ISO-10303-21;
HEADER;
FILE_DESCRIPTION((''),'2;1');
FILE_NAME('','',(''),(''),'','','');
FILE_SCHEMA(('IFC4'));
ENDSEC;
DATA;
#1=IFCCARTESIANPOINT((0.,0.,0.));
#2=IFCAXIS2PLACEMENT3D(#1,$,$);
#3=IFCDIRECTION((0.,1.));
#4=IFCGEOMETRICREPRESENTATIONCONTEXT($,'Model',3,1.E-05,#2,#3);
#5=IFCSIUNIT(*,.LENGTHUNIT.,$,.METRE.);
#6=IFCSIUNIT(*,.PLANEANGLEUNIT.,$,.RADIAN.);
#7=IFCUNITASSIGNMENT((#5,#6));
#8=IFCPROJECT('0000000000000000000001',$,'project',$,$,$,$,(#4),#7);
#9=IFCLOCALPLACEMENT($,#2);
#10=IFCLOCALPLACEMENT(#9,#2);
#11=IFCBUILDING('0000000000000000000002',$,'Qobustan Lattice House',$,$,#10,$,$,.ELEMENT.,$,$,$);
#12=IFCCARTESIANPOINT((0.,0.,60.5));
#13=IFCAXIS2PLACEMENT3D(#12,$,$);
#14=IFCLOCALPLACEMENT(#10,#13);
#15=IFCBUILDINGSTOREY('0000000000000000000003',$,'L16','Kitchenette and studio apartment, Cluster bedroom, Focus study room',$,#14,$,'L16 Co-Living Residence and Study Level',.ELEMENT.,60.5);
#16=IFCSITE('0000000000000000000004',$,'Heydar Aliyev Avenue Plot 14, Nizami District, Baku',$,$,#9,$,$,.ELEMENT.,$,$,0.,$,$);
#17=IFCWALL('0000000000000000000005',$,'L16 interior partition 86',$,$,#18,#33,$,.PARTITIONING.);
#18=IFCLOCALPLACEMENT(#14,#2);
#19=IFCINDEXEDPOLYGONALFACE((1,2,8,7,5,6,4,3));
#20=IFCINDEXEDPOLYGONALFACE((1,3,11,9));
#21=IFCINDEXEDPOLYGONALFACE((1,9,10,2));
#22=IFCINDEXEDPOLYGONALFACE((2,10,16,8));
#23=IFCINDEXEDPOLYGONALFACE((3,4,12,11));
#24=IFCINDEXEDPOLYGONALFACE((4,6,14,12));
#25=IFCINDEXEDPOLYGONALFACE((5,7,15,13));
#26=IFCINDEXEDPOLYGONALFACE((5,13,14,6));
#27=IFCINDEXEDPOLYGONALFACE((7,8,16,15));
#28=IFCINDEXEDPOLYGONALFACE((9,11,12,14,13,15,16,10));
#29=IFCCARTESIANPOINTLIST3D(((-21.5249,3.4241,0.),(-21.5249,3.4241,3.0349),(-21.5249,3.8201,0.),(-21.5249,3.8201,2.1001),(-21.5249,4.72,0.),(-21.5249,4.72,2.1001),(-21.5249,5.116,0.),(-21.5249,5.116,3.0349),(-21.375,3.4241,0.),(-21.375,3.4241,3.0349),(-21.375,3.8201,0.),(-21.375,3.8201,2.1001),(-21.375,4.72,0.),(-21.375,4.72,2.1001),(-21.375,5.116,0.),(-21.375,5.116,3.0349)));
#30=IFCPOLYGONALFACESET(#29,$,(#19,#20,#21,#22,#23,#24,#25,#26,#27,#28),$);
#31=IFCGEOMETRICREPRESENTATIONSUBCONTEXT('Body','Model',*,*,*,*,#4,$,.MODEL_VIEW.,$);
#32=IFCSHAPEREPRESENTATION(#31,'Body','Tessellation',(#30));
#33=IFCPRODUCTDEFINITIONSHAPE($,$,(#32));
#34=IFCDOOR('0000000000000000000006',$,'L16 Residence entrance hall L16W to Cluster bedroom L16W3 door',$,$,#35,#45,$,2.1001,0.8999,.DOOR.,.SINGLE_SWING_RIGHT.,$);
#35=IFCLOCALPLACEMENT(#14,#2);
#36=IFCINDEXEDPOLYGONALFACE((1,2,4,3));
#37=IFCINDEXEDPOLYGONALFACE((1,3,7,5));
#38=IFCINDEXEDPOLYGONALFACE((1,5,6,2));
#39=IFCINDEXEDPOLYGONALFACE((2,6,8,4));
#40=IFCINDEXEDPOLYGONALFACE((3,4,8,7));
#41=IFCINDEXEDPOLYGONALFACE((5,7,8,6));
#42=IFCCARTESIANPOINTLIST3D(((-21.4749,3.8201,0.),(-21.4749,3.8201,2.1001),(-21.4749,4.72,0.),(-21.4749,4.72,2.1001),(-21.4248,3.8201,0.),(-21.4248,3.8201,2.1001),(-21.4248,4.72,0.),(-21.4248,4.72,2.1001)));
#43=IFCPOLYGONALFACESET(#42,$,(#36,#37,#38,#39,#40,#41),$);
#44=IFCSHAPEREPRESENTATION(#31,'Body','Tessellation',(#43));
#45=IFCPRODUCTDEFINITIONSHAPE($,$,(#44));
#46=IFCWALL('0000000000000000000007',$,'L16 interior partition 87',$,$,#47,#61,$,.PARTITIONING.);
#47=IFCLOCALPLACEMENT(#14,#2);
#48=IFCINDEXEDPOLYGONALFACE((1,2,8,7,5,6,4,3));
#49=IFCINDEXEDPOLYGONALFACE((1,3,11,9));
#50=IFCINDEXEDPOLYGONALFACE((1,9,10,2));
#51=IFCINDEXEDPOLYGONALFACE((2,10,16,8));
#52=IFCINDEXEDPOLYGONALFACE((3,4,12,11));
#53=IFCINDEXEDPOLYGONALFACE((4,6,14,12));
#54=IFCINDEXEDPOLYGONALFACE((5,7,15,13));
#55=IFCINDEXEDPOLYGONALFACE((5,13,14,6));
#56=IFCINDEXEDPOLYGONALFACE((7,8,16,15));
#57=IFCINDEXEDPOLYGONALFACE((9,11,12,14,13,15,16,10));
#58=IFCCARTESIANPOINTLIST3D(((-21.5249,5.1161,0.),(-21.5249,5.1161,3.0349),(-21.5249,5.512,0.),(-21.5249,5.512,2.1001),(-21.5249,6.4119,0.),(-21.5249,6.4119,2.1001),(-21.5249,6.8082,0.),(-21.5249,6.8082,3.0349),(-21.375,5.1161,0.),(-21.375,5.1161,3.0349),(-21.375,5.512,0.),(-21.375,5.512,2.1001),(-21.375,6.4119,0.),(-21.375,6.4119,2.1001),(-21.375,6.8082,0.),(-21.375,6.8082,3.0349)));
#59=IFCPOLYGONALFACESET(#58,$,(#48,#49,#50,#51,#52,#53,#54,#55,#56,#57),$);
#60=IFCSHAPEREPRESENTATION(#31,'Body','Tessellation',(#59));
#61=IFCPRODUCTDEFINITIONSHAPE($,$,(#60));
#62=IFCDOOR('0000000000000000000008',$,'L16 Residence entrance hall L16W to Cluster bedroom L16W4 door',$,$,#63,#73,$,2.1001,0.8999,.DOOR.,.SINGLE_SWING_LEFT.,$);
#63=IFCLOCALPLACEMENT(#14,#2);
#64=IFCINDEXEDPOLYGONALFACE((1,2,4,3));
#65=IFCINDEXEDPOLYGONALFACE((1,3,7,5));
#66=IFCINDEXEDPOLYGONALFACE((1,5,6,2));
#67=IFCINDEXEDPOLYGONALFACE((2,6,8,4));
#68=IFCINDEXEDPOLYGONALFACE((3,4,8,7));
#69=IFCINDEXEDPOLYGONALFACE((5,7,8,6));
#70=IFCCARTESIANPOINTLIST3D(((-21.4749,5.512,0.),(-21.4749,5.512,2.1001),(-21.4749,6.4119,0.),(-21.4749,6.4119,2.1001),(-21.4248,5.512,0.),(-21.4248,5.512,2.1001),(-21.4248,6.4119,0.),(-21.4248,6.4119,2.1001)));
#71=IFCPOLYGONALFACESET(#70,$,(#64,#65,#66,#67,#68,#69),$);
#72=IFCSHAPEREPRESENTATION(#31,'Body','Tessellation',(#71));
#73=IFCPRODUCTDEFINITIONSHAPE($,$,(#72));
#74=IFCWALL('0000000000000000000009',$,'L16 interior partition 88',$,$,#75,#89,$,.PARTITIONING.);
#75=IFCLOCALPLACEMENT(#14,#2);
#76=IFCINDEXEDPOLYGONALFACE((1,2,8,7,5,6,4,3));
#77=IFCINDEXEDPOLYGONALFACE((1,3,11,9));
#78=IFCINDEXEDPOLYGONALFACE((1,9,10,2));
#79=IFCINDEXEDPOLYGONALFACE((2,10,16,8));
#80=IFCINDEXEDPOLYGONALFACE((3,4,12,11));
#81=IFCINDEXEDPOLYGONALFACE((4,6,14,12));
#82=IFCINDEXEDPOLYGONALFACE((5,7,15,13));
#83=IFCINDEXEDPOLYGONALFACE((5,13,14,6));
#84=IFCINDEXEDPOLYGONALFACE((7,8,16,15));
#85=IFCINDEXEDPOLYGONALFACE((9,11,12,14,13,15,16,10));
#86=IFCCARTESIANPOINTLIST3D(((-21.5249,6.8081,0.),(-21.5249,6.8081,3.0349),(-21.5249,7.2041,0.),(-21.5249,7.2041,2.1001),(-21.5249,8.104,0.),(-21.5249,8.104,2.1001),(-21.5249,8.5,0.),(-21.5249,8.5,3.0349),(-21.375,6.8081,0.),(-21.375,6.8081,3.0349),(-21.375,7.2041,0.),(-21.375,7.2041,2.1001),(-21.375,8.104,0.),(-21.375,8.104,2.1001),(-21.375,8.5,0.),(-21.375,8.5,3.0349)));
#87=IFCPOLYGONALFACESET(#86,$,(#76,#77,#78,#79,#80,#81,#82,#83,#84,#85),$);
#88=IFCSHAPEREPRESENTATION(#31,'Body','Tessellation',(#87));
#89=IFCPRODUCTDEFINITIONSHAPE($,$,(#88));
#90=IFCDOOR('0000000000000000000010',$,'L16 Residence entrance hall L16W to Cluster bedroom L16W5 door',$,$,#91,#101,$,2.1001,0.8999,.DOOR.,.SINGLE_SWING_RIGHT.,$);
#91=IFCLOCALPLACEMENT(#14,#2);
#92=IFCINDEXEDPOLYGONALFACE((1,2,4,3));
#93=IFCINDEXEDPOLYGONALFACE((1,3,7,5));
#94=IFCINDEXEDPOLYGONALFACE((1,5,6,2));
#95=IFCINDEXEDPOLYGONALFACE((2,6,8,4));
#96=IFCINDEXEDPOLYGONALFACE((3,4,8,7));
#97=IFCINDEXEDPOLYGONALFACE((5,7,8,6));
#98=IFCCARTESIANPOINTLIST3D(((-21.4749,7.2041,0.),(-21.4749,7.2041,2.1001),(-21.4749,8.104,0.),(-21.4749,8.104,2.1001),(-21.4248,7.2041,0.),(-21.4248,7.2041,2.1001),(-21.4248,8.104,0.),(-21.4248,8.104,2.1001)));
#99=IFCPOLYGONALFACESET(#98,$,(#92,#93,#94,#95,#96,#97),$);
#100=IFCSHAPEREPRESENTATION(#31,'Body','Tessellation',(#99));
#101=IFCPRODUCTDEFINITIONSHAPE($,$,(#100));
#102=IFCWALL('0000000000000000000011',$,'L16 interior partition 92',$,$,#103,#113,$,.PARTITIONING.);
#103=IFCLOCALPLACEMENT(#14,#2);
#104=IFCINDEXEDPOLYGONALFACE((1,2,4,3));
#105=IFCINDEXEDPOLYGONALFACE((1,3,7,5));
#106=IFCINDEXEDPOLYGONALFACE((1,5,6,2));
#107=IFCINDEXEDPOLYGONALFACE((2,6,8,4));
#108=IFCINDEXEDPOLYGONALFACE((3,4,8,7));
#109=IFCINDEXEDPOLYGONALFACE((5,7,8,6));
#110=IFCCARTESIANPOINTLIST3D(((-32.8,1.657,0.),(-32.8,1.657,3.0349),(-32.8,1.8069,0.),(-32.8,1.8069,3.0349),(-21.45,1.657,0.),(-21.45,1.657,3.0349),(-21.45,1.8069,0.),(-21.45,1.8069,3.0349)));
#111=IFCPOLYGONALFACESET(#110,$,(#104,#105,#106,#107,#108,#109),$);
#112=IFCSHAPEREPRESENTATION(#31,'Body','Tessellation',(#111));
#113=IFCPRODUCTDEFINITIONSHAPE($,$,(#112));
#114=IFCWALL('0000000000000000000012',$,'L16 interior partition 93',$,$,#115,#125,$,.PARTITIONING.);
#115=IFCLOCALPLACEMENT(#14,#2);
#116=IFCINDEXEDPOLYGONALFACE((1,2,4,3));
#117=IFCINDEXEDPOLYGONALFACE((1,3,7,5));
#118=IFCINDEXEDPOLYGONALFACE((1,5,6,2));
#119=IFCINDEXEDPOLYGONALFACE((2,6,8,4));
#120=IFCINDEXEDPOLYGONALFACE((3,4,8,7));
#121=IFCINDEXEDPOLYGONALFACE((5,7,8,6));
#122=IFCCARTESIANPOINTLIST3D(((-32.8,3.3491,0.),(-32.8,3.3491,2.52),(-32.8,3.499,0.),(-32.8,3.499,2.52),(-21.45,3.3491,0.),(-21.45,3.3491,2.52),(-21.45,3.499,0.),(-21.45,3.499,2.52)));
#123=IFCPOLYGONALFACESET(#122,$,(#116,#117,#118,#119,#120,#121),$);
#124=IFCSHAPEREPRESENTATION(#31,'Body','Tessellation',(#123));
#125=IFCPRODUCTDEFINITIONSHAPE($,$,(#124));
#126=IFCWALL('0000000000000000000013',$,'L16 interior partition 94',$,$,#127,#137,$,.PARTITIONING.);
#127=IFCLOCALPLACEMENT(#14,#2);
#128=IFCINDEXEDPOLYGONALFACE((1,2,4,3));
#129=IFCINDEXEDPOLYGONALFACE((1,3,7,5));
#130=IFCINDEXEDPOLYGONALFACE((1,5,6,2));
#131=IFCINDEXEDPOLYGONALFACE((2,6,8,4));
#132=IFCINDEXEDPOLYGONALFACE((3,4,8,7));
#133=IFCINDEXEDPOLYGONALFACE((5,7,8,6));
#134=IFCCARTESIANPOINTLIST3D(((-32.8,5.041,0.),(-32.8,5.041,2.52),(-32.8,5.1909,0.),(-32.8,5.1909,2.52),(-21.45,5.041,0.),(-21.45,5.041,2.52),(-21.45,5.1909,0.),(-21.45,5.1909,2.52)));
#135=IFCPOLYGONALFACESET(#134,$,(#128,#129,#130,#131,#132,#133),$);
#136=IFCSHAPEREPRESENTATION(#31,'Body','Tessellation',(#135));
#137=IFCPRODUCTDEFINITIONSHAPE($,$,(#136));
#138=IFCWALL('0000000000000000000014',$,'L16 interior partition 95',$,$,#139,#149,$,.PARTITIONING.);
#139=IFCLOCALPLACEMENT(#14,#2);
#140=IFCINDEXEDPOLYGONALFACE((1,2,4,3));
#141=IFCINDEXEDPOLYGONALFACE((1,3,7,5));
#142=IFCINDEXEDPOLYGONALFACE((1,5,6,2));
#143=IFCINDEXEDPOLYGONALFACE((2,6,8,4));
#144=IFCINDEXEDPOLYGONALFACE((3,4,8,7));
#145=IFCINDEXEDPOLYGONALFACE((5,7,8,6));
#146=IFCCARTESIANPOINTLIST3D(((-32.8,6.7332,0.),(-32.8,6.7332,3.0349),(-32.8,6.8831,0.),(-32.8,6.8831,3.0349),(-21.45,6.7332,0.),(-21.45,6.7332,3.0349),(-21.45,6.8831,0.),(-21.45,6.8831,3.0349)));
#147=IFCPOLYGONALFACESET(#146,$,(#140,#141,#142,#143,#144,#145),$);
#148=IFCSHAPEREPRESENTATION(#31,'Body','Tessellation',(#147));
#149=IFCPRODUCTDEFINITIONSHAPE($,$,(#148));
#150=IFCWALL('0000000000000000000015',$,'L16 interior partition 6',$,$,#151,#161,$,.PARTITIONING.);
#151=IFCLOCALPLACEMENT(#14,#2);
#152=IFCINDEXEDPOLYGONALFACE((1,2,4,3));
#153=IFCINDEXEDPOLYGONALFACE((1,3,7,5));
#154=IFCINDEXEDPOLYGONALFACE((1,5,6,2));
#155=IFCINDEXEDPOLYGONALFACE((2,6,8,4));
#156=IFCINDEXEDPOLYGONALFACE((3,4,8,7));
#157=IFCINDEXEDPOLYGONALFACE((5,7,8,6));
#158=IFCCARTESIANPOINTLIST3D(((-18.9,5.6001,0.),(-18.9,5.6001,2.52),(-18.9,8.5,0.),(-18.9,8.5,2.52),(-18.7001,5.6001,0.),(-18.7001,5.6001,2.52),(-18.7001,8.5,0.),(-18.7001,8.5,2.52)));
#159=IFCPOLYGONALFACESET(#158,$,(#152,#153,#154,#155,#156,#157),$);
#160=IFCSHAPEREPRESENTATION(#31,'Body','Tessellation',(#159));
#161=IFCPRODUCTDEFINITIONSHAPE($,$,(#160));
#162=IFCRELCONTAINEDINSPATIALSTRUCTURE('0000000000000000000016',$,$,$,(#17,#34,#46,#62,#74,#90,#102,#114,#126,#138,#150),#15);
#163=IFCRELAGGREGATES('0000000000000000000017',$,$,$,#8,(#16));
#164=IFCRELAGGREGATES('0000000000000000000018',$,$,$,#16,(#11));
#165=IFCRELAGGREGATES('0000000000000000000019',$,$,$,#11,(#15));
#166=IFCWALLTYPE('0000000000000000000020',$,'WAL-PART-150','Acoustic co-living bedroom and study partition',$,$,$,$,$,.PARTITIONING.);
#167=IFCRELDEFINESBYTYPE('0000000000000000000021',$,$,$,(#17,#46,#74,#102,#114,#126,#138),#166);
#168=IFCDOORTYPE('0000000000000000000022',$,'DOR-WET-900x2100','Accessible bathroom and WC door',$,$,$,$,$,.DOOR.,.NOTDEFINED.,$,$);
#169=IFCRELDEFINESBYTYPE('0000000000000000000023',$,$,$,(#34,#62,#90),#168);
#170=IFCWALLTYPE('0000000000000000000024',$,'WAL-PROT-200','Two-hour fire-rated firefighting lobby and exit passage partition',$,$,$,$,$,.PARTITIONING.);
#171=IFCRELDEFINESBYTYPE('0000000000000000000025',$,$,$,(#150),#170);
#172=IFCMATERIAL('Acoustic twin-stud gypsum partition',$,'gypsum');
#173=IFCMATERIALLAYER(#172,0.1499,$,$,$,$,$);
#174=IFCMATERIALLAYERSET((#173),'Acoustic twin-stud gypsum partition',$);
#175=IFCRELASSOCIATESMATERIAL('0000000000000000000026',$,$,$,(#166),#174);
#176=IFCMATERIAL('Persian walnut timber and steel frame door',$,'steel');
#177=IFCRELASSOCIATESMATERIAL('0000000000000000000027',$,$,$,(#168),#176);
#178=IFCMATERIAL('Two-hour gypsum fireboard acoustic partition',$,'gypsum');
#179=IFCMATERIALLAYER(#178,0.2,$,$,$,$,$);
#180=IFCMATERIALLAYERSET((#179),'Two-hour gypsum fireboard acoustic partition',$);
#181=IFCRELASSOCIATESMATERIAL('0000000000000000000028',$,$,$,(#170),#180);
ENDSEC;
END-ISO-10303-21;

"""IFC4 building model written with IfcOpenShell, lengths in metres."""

from ifc_helpers import new_model, si_unit, direction, frame, frame_2d, origin, place, context, subcontext, project, spatial, rectangle, extrude, material, layer, layer_set, type_object, element, fill, save


model = new_model("IFC4")

# Units and contexts
model_context = context("Model", 3, precision=1e-05, world=origin(), true_north=direction((0.0, 1.0)))
body_context = subcontext(model_context, "Body", "Model", "MODEL_VIEW")
ifc_project = project(units=[si_unit("LENGTHUNIT", "METRE"), si_unit("PLANEANGLEUNIT", "RADIAN")], contexts=[model_context])

# Site, building, storey
site_placement = place(None, origin())
site = spatial("IfcSite", under=ifc_project, at=site_placement, Name="Heydar Aliyev Avenue Plot 14, Nizami District, Baku", CompositionType="ELEMENT", RefElevation=0.0)
building_placement = place(site_placement, origin())
building = spatial("IfcBuilding", under=site, at=building_placement, Name="Qobustan Lattice House", CompositionType="ELEMENT")
storey_placement = place(building_placement, frame((0.0, 0.0, 60.5)))
storey = spatial("IfcBuildingStorey", under=building, at=storey_placement, Name="L16", Description="Kitchenette and studio apartment, Cluster bedroom, Focus study room", LongName="L16 Co-Living Residence and Study Level", CompositionType="ELEMENT", Elevation=60.5)

# Shared definitions
ifc_material_1 = material(Name="Acoustic twin-stud gypsum partition", Category="gypsum")
ifc_layer_1 = layer(ifc_material_1, 0.1499)
ifc_layer_set_1 = layer_set([ifc_layer_1], Name="Acoustic twin-stud gypsum partition")
wall_type_1 = type_object("IfcWallType", Name="WAL-PART-150", Description="Acoustic co-living bedroom and study partition", PredefinedType="PARTITIONING", material=ifc_layer_set_1)

# Walls, openings, doors
ifc_material_2 = material(Name="Persian walnut timber and steel frame door", Category="steel")
door_type_1 = type_object("IfcDoorType", Name="DOR-WET-900x2100", Description="Accessible bathroom and WC door", OperationType="NOTDEFINED", PredefinedType="DOOR", material=ifc_material_2)
wall_1_placement = place(storey_placement, frame((-21.45, 3.4241, 0.0), z_axis=(0.0, 0.0, 1.0), x_axis=(0.0, 1.0, 0.0)))
wall_1 = element("IfcWall", 1, at=wall_1_placement, inside=storey, type_object=wall_type_1, Name="L16 interior partition 86", PredefinedType="PARTITIONING", context=body_context, shape_type="SweptSolid", body=[
    extrude(rectangle(XDim=1.6919, YDim=0.1499, at=frame_2d((0.8459, 0.0))), origin(), (0.0, 0.0, 1.0), 3.0349),
])
opening_1_placement = place(wall_1_placement, frame((0.396, 0.0, 0.0)))
opening_1 = element("IfcOpeningElement", 2, at=opening_1_placement, cuts=wall_1, PredefinedType="OPENING", context=body_context, shape_type="SweptSolid", body=[
    extrude(rectangle(XDim=0.8999, YDim=2.1001, at=frame_2d((0.45, 1.05))), frame((0.0, 0.085, 0.0), z_axis=(0.0, -1.0, 0.0), x_axis=(1.0, 0.0, 0.0)), (0.0, 0.0, 1.0), 0.1699),
])
door_1_placement = place(opening_1_placement, origin())
door_1 = element("IfcDoor", 3, at=door_1_placement, inside=storey, type_object=door_type_1, Name="L16 Residence entrance hall L16W to Cluster bedroom L16W3 door", OperationType="SINGLE_SWING_RIGHT", OverallHeight=2.1001, OverallWidth=0.8999, PredefinedType="DOOR", context=body_context, shape_type="SweptSolid", body=[
    extrude(rectangle(XDim=0.8999, YDim=2.1001, at=frame_2d((0.45, 1.05))), frame((0.0, 0.0249, 0.0), z_axis=(0.0, -1.0, 0.0), x_axis=(1.0, 0.0, 0.0)), (0.0, 0.0, 1.0), 0.05),
])
fill(opening_1, door_1)
wall_2_placement = place(storey_placement, frame((-21.45, 5.116, 0.0), z_axis=(0.0, 0.0, 1.0), x_axis=(0.0, 1.0, 0.0)))
wall_2 = element("IfcWall", 4, at=wall_2_placement, inside=storey, type_object=wall_type_1, Name="L16 interior partition 87", PredefinedType="PARTITIONING", context=body_context, shape_type="SweptSolid", body=[
    extrude(rectangle(XDim=1.6921, YDim=0.1499, at=frame_2d((0.8462, 0.0))), origin(), (0.0, 0.0, 1.0), 3.0349),
])
opening_2_placement = place(wall_2_placement, frame((0.396, 0.0, 0.0)))
opening_2 = element("IfcOpeningElement", 5, at=opening_2_placement, cuts=wall_2, PredefinedType="OPENING", context=body_context, shape_type="SweptSolid", body=[
    extrude(rectangle(XDim=0.8999, YDim=2.1001, at=frame_2d((0.45, 1.05))), frame((0.0, 0.085, 0.0), z_axis=(0.0, -1.0, 0.0), x_axis=(1.0, 0.0, 0.0)), (0.0, 0.0, 1.0), 0.1699),
])
door_2_placement = place(opening_2_placement, origin())
door_2 = element("IfcDoor", 6, at=door_2_placement, inside=storey, type_object=door_type_1, Name="L16 Residence entrance hall L16W to Cluster bedroom L16W4 door", OperationType="SINGLE_SWING_LEFT", OverallHeight=2.1001, OverallWidth=0.8999, PredefinedType="DOOR", context=body_context, shape_type="SweptSolid", body=[
    extrude(rectangle(XDim=0.8999, YDim=2.1001, at=frame_2d((0.45, 1.05))), frame((0.0, 0.0249, 0.0), z_axis=(0.0, -1.0, 0.0), x_axis=(1.0, 0.0, 0.0)), (0.0, 0.0, 1.0), 0.05),
])
fill(opening_2, door_2)
wall_3_placement = place(storey_placement, frame((-21.45, 6.8081, 0.0), z_axis=(0.0, 0.0, 1.0), x_axis=(0.0, 1.0, 0.0)))
wall_3 = element("IfcWall", 7, at=wall_3_placement, inside=storey, type_object=wall_type_1, Name="L16 interior partition 88", PredefinedType="PARTITIONING", context=body_context, shape_type="SweptSolid", body=[
    extrude(rectangle(XDim=1.6919, YDim=0.1499, at=frame_2d((0.8459, 0.0))), origin(), (0.0, 0.0, 1.0), 3.0349),
])
opening_3_placement = place(wall_3_placement, frame((0.396, 0.0, 0.0)))
opening_3 = element("IfcOpeningElement", 8, at=opening_3_placement, cuts=wall_3, PredefinedType="OPENING", context=body_context, shape_type="SweptSolid", body=[
    extrude(rectangle(XDim=0.8999, YDim=2.1001, at=frame_2d((0.45, 1.05))), frame((0.0, 0.085, 0.0), z_axis=(0.0, -1.0, 0.0), x_axis=(1.0, 0.0, 0.0)), (0.0, 0.0, 1.0), 0.1699),
])
door_3_placement = place(opening_3_placement, origin())
door_3 = element("IfcDoor", 9, at=door_3_placement, inside=storey, type_object=door_type_1, Name="L16 Residence entrance hall L16W to Cluster bedroom L16W5 door", OperationType="SINGLE_SWING_RIGHT", OverallHeight=2.1001, OverallWidth=0.8999, PredefinedType="DOOR", context=body_context, shape_type="SweptSolid", body=[
    extrude(rectangle(XDim=0.8999, YDim=2.1001, at=frame_2d((0.45, 1.05))), frame((0.0, 0.0249, 0.0), z_axis=(0.0, -1.0, 0.0), x_axis=(1.0, 0.0, 0.0)), (0.0, 0.0, 1.0), 0.05),
])
fill(opening_3, door_3)

# Walls
wall_4_placement = place(storey_placement, frame((-32.8, 1.7319, 0.0), z_axis=(0.0, 0.0, 1.0), x_axis=(1.0, 0.0, 0.0)))
element("IfcWall", 10, at=wall_4_placement, inside=storey, type_object=wall_type_1, Name="L16 interior partition 92", PredefinedType="PARTITIONING", context=body_context, shape_type="SweptSolid", body=[
    extrude(rectangle(XDim=11.3501, YDim=0.1499, at=frame_2d((5.675, 0.0))), origin(), (0.0, 0.0, 1.0), 3.0349),
])
for number, where, z_axis, x_axis, name in (
    (11, (-32.8, 3.4241, 0.0), (0.0, 0.0, 1.0), (1.0, 0.0, 0.0), "L16 interior partition 93"),
    (12, (-32.8, 5.116, 0.0), (0.0, 0.0, 1.0), (1.0, 0.0, 0.0), "L16 interior partition 94"),
):
    element("IfcWall", number, at=place(storey_placement, frame(where, z_axis=z_axis, x_axis=x_axis)), inside=storey, type_object=wall_type_1, Name=name, PredefinedType="PARTITIONING", context=body_context, shape_type="SweptSolid", body=[
        extrude(rectangle(XDim=11.3501, YDim=0.1499, at=frame_2d((5.675, 0.0))), origin(), (0.0, 0.0, 1.0), 2.52),
    ])
wall_5_placement = place(storey_placement, frame((-32.8, 6.8081, 0.0), z_axis=(0.0, 0.0, 1.0), x_axis=(1.0, 0.0, 0.0)))
element("IfcWall", 13, at=wall_5_placement, inside=storey, type_object=wall_type_1, Name="L16 interior partition 95", PredefinedType="PARTITIONING", context=body_context, shape_type="SweptSolid", body=[
    extrude(rectangle(XDim=11.3501, YDim=0.1499, at=frame_2d((5.675, 0.0))), origin(), (0.0, 0.0, 1.0), 3.0349),
])
ifc_material_3 = material(Name="Two-hour gypsum fireboard acoustic partition", Category="gypsum")
ifc_layer_2 = layer(ifc_material_3, 0.2)
ifc_layer_set_2 = layer_set([ifc_layer_2], Name="Two-hour gypsum fireboard acoustic partition")
wall_type_2 = type_object("IfcWallType", Name="WAL-PROT-200", Description="Two-hour fire-rated firefighting lobby and exit passage partition", PredefinedType="PARTITIONING", material=ifc_layer_set_2)
wall_6_placement = place(storey_placement, frame((-18.8, 8.5, 0.0), z_axis=(0.0, 0.0, 1.0), x_axis=(0.0, -1.0, 0.0)))
element("IfcWall", 14, at=wall_6_placement, inside=storey, type_object=wall_type_2, Name="L16 interior partition 6", PredefinedType="PARTITIONING", context=body_context, shape_type="SweptSolid", body=[
    extrude(rectangle(XDim=2.8999, YDim=0.2, at=frame_2d((1.45, 0.0))), origin(), (0.0, 0.0, 1.0), 2.52),
])

save(model, "model.ifc")
